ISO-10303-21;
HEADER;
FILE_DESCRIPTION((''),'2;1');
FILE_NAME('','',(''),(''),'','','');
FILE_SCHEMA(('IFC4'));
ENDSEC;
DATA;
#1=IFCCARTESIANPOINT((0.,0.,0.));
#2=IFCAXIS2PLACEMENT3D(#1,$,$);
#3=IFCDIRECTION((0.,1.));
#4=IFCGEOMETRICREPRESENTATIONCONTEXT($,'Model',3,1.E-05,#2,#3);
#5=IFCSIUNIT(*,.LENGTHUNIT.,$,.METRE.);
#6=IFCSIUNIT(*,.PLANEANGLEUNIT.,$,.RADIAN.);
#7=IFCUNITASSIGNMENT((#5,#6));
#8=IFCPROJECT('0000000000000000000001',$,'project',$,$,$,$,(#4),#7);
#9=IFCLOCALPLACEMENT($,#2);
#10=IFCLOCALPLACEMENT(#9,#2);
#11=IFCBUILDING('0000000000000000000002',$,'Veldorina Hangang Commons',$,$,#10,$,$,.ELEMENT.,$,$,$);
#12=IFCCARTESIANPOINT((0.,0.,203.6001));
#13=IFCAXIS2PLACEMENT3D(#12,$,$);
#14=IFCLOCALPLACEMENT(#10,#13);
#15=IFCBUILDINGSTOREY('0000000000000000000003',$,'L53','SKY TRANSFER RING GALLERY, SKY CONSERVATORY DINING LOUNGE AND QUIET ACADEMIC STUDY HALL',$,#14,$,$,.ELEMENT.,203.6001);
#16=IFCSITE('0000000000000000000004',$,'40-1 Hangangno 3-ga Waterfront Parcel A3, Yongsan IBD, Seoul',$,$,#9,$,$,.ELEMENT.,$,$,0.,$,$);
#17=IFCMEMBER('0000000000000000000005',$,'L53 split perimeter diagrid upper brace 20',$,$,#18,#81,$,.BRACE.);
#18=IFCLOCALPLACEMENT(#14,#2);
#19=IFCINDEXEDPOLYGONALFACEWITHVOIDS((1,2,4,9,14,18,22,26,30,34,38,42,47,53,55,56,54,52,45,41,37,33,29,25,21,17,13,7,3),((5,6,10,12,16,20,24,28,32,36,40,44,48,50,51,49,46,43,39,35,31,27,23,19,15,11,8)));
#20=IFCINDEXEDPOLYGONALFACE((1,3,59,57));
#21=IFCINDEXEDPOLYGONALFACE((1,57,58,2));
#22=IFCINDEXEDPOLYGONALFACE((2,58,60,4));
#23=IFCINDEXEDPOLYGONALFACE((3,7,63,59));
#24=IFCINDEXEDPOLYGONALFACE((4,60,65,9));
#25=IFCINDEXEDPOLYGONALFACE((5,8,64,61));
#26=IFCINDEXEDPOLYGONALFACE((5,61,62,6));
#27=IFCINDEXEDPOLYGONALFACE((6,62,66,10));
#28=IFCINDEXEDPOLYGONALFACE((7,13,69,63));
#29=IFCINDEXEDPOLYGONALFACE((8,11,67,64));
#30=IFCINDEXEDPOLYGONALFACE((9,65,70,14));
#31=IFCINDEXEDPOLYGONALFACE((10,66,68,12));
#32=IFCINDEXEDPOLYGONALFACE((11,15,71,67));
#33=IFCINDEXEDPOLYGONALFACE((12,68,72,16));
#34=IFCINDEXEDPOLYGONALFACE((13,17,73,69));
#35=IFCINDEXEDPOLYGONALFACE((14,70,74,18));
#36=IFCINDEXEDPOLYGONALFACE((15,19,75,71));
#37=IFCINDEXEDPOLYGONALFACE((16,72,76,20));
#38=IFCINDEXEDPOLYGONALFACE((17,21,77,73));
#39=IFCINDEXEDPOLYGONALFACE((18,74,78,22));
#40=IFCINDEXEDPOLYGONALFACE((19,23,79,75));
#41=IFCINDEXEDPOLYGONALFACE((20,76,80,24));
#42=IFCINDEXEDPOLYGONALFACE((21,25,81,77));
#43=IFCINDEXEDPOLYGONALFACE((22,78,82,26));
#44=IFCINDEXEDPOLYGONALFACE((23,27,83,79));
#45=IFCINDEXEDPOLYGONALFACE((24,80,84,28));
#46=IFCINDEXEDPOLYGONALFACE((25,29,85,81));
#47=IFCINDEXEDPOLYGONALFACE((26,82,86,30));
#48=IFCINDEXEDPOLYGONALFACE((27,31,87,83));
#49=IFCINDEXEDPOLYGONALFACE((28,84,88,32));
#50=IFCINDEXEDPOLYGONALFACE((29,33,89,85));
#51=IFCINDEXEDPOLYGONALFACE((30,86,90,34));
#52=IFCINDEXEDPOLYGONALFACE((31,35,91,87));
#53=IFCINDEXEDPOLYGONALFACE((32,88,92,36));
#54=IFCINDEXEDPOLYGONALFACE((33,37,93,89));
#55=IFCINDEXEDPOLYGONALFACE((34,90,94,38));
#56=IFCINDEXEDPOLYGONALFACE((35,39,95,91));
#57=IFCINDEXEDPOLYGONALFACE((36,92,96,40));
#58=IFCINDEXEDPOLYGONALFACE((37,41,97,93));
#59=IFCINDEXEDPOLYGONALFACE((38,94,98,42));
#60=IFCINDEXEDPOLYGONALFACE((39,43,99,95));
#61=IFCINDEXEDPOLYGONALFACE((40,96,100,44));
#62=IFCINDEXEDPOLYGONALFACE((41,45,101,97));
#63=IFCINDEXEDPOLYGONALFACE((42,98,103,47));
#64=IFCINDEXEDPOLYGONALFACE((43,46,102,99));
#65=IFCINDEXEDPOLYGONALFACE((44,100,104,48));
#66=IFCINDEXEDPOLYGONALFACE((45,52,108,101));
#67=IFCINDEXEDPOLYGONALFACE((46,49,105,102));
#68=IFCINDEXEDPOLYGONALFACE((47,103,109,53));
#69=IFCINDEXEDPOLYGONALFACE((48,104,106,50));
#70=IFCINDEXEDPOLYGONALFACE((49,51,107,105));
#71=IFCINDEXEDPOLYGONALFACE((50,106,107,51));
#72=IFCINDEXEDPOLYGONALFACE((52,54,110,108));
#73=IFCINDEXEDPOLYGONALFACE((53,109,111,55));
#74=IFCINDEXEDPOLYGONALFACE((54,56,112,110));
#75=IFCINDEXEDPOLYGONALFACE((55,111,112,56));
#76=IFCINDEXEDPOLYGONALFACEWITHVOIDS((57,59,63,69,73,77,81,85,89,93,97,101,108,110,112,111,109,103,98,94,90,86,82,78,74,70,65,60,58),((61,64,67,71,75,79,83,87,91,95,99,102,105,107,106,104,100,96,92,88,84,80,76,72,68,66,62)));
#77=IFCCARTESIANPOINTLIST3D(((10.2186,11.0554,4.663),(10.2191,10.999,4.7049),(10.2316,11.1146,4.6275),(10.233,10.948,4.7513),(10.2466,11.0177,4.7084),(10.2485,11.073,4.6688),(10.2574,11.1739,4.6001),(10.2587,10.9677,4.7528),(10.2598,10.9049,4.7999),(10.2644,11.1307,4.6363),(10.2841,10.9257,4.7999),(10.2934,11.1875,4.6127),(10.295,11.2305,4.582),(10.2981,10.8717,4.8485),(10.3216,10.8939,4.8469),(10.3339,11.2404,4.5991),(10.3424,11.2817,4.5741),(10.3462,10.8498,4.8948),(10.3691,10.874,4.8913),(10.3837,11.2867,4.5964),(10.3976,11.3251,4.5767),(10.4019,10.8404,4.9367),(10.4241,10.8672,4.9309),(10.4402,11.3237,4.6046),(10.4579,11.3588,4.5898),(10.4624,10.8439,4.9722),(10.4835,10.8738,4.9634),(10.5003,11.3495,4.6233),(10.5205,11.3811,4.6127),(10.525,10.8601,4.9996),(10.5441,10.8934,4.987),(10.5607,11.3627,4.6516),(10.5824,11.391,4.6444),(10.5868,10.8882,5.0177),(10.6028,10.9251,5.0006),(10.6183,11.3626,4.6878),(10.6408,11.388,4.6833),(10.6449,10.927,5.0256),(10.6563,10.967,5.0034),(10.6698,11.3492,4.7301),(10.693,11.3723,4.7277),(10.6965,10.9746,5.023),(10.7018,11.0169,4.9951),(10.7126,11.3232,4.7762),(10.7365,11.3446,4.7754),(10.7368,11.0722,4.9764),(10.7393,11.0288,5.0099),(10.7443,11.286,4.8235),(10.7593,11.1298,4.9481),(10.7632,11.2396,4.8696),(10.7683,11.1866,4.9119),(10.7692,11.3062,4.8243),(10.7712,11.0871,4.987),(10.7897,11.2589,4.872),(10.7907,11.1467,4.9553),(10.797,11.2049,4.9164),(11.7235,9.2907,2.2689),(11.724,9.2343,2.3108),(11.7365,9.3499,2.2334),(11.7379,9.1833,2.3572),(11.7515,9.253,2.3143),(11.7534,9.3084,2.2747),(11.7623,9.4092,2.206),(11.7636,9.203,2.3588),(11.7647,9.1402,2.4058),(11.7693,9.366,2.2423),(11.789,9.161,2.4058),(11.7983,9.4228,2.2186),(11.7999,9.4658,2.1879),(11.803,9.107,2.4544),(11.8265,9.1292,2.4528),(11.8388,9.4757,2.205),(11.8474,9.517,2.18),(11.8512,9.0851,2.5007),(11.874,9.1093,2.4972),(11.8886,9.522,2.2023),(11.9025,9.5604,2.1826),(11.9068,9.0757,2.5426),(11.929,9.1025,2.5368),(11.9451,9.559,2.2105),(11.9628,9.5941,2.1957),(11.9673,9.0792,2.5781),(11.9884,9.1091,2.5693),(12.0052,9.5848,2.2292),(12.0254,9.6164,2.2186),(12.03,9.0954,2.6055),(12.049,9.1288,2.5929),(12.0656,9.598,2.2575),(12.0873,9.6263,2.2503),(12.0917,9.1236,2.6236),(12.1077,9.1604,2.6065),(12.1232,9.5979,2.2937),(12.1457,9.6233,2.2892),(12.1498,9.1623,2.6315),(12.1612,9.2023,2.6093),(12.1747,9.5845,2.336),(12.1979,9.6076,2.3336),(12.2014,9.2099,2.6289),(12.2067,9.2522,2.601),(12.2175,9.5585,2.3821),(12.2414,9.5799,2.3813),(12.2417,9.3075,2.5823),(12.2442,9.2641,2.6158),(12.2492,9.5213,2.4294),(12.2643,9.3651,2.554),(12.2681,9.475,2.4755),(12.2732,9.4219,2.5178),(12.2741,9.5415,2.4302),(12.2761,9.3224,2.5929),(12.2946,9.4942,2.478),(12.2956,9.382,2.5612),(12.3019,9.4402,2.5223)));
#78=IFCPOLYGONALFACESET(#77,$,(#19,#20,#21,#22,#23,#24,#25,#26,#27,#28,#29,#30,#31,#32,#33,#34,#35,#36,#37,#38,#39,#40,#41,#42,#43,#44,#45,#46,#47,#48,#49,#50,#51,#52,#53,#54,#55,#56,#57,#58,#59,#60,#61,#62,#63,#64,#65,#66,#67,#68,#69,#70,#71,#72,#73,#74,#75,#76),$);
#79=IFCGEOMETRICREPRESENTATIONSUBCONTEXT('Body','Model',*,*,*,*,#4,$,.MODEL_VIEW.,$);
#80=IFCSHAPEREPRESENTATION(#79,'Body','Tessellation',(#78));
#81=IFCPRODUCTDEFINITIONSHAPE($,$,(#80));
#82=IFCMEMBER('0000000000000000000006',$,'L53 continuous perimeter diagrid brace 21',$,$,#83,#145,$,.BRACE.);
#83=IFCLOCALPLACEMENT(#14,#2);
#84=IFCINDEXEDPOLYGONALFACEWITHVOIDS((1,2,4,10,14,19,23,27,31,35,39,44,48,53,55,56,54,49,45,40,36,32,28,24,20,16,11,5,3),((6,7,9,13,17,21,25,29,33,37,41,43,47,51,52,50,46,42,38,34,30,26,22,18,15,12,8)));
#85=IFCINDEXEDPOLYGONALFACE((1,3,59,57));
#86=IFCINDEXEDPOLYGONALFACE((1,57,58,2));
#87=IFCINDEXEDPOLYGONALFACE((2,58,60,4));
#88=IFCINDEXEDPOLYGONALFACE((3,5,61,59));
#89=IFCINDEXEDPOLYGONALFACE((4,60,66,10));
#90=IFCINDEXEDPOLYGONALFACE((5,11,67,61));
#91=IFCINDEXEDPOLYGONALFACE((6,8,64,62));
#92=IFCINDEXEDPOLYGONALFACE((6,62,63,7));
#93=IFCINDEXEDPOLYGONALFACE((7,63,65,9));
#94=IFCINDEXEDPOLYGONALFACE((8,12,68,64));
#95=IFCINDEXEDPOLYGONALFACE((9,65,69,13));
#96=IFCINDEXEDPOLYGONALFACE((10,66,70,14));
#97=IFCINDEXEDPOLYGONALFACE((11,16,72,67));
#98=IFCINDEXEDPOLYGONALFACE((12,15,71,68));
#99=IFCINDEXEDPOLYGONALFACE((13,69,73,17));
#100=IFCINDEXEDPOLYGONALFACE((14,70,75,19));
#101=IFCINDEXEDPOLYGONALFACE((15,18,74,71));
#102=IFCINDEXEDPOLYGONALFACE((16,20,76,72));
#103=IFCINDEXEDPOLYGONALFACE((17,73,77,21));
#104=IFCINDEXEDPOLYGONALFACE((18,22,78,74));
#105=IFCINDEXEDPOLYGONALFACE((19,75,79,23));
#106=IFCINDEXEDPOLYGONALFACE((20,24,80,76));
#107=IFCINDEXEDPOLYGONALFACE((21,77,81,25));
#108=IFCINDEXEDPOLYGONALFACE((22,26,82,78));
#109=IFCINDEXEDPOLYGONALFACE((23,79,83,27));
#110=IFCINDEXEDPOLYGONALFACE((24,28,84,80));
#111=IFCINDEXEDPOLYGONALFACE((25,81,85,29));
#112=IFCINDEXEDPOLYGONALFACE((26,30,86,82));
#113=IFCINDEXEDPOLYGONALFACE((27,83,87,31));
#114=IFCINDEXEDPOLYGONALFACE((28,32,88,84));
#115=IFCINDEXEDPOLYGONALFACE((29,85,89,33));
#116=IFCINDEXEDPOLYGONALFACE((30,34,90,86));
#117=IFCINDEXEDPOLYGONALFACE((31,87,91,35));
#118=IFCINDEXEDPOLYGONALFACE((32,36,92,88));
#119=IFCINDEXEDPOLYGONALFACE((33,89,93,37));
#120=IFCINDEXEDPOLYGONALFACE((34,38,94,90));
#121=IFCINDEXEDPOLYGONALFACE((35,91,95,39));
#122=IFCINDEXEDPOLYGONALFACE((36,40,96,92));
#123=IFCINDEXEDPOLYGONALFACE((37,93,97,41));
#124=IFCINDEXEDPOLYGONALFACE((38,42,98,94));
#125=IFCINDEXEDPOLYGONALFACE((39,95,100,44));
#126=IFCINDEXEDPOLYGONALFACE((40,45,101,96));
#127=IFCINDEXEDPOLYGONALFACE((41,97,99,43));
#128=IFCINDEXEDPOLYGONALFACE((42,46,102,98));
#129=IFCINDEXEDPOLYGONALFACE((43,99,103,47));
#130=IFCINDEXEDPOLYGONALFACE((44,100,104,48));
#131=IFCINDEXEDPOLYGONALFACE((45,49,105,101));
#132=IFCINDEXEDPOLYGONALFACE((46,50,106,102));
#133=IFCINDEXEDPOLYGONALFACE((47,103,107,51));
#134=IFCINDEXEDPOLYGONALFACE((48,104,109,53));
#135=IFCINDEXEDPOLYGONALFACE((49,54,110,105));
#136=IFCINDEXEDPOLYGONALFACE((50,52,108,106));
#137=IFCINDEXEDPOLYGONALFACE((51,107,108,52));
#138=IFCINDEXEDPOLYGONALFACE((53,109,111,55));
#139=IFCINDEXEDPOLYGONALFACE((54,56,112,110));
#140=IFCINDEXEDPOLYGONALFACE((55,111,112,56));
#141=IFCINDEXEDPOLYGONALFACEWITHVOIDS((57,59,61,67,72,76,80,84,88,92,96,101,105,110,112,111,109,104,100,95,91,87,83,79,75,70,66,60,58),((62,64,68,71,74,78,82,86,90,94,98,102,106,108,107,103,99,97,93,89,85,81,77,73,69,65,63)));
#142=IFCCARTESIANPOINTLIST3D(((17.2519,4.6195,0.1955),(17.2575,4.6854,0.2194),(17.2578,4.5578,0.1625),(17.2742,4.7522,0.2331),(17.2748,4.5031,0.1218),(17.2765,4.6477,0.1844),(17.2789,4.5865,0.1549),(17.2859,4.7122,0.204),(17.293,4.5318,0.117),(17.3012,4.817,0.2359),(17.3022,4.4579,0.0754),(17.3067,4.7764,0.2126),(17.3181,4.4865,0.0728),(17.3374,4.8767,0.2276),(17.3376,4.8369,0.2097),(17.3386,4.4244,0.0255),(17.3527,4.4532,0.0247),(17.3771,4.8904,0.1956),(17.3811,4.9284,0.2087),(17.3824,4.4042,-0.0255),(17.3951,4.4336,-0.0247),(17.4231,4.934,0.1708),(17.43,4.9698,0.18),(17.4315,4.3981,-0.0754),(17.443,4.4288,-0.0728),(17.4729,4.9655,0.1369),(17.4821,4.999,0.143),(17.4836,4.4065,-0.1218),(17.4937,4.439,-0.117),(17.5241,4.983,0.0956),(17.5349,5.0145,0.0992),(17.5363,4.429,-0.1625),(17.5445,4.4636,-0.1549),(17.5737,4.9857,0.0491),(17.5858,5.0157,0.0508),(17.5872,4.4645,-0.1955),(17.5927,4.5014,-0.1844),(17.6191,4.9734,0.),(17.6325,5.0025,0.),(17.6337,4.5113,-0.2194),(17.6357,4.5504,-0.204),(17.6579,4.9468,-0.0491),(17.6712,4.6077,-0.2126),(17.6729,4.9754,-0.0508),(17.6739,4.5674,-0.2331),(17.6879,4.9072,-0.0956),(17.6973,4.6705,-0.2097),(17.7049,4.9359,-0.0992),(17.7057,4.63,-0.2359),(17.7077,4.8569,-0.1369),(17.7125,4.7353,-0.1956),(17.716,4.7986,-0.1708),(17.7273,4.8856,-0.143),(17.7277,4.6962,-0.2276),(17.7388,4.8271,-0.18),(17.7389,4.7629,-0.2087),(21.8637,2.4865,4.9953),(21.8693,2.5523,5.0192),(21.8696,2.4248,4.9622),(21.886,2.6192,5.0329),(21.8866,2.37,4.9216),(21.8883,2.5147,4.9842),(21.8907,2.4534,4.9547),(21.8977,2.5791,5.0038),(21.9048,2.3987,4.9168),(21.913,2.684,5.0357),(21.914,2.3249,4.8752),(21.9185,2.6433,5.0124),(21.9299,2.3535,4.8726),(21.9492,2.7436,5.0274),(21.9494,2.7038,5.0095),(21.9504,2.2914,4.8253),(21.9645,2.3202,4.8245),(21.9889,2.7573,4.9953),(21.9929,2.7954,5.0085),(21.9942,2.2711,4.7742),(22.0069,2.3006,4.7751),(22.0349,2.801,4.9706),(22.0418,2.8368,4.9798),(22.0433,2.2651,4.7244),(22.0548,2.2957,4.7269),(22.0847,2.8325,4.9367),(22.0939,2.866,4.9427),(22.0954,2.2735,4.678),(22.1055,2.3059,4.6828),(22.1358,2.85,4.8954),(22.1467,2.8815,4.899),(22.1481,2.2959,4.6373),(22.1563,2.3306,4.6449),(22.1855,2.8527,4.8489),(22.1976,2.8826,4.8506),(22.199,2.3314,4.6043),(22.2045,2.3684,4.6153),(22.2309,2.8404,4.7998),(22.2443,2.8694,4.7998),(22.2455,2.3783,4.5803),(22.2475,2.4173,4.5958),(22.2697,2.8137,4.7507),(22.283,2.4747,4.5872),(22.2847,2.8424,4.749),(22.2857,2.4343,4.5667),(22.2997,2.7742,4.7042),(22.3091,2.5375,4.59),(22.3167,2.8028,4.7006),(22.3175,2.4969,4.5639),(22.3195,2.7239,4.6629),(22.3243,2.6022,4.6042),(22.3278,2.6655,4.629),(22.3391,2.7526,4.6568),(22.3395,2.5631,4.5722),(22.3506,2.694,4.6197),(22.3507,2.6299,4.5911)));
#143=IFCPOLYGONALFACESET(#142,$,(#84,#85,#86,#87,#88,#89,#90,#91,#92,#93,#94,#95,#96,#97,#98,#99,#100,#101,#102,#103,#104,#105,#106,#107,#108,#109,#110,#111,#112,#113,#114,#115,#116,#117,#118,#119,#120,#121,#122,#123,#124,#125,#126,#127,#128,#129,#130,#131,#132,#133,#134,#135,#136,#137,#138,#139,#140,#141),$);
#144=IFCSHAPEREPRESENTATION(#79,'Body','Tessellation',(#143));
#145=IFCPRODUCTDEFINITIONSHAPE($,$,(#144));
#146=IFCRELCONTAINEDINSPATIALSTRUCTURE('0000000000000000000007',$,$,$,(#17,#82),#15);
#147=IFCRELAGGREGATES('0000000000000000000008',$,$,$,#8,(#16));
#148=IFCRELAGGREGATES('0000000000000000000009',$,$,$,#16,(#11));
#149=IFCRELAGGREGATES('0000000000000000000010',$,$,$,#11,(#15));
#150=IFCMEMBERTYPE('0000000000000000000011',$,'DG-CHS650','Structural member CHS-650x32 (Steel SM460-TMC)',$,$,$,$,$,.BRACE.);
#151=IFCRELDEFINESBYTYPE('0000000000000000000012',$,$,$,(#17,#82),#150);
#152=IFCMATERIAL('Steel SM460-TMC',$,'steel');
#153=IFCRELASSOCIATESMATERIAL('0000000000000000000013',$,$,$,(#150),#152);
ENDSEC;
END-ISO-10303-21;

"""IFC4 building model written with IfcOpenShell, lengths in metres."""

from ifc_helpers import new_model, si_unit, direction, frame, origin, origin_2d, place, context, subcontext, project, spatial, hollow_circle, extrude, material, material_profile, profile_set, type_object, element, save


model = new_model("IFC4")

# Units and contexts
model_context = context("Model", 3, precision=1e-05, world=origin(), true_north=direction((0.0, 1.0)))
body_context = subcontext(model_context, "Body", "Model", "MODEL_VIEW")
ifc_project = project(units=[si_unit("LENGTHUNIT", "METRE"), si_unit("PLANEANGLEUNIT", "RADIAN")], contexts=[model_context])

# Site, building, storey
site_placement = place(None, origin())
site = spatial("IfcSite", under=ifc_project, at=site_placement, Name="40-1 Hangangno 3-ga Waterfront Parcel A3, Yongsan IBD, Seoul", CompositionType="ELEMENT", RefElevation=0.0)
building_placement = place(site_placement, origin())
building = spatial("IfcBuilding", under=site, at=building_placement, Name="Veldorina Hangang Commons", CompositionType="ELEMENT")
storey_placement = place(building_placement, frame((0.0, 0.0, 203.6001)))
storey = spatial("IfcBuildingStorey", under=building, at=storey_placement, Name="L53", Description="SKY TRANSFER RING GALLERY, SKY CONSERVATORY DINING LOUNGE AND QUIET ACADEMIC STUDY HALL", CompositionType="ELEMENT", Elevation=203.6001)

# Members
ifc_material_1 = material(Name="Steel SM460-TMC", Category="steel")
ifc_material_profile_1 = material_profile(ifc_material_1, hollow_circle(Radius=0.325, WallThickness=0.032, at=origin_2d()), Name="CHS-650x32")
ifc_profile_set_1 = profile_set([ifc_material_profile_1], Name="Steel SM460-TMC")
member_type_1 = type_object("IfcMemberType", Name="DG-CHS650", Description="Structural member CHS-650x32 (Steel SM460-TMC)", PredefinedType="BRACE", material=ifc_profile_set_1)
member_1_placement = place(storey_placement, frame((12.012, 9.3511, 2.4058), z_axis=(-0.451485, 0.529419, 0.718246), x_axis=(-0.760889, -0.648882, 0.0)))
element("IfcMember", 1, at=member_1_placement, inside=storey, type_object=member_type_1, Name="L53 split perimeter diagrid upper brace 20", PredefinedType="BRACE", context=body_context, shape_type="SweptSolid", body=[
    extrude(hollow_circle(Radius=0.325, WallThickness=0.032, at=origin_2d()), origin(), (0.0, 0.0, 1.0), 3.3333),
])
member_2_placement = place(storey_placement, frame((17.4961, 4.7075, 0.0), z_axis=(0.659795, -0.305168, 0.68669), x_axis=(0.419792, 0.90762, 0.0)))
element("IfcMember", 2, at=member_2_placement, inside=storey, type_object=member_type_1, Name="L53 continuous perimeter diagrid brace 21", PredefinedType="BRACE", context=body_context, shape_type="SweptSolid", body=[
    extrude(hollow_circle(Radius=0.325, WallThickness=0.032, at=origin_2d()), origin(), (0.0, 0.0, 1.0), 6.9897),
])

save(model, "model.ifc")
